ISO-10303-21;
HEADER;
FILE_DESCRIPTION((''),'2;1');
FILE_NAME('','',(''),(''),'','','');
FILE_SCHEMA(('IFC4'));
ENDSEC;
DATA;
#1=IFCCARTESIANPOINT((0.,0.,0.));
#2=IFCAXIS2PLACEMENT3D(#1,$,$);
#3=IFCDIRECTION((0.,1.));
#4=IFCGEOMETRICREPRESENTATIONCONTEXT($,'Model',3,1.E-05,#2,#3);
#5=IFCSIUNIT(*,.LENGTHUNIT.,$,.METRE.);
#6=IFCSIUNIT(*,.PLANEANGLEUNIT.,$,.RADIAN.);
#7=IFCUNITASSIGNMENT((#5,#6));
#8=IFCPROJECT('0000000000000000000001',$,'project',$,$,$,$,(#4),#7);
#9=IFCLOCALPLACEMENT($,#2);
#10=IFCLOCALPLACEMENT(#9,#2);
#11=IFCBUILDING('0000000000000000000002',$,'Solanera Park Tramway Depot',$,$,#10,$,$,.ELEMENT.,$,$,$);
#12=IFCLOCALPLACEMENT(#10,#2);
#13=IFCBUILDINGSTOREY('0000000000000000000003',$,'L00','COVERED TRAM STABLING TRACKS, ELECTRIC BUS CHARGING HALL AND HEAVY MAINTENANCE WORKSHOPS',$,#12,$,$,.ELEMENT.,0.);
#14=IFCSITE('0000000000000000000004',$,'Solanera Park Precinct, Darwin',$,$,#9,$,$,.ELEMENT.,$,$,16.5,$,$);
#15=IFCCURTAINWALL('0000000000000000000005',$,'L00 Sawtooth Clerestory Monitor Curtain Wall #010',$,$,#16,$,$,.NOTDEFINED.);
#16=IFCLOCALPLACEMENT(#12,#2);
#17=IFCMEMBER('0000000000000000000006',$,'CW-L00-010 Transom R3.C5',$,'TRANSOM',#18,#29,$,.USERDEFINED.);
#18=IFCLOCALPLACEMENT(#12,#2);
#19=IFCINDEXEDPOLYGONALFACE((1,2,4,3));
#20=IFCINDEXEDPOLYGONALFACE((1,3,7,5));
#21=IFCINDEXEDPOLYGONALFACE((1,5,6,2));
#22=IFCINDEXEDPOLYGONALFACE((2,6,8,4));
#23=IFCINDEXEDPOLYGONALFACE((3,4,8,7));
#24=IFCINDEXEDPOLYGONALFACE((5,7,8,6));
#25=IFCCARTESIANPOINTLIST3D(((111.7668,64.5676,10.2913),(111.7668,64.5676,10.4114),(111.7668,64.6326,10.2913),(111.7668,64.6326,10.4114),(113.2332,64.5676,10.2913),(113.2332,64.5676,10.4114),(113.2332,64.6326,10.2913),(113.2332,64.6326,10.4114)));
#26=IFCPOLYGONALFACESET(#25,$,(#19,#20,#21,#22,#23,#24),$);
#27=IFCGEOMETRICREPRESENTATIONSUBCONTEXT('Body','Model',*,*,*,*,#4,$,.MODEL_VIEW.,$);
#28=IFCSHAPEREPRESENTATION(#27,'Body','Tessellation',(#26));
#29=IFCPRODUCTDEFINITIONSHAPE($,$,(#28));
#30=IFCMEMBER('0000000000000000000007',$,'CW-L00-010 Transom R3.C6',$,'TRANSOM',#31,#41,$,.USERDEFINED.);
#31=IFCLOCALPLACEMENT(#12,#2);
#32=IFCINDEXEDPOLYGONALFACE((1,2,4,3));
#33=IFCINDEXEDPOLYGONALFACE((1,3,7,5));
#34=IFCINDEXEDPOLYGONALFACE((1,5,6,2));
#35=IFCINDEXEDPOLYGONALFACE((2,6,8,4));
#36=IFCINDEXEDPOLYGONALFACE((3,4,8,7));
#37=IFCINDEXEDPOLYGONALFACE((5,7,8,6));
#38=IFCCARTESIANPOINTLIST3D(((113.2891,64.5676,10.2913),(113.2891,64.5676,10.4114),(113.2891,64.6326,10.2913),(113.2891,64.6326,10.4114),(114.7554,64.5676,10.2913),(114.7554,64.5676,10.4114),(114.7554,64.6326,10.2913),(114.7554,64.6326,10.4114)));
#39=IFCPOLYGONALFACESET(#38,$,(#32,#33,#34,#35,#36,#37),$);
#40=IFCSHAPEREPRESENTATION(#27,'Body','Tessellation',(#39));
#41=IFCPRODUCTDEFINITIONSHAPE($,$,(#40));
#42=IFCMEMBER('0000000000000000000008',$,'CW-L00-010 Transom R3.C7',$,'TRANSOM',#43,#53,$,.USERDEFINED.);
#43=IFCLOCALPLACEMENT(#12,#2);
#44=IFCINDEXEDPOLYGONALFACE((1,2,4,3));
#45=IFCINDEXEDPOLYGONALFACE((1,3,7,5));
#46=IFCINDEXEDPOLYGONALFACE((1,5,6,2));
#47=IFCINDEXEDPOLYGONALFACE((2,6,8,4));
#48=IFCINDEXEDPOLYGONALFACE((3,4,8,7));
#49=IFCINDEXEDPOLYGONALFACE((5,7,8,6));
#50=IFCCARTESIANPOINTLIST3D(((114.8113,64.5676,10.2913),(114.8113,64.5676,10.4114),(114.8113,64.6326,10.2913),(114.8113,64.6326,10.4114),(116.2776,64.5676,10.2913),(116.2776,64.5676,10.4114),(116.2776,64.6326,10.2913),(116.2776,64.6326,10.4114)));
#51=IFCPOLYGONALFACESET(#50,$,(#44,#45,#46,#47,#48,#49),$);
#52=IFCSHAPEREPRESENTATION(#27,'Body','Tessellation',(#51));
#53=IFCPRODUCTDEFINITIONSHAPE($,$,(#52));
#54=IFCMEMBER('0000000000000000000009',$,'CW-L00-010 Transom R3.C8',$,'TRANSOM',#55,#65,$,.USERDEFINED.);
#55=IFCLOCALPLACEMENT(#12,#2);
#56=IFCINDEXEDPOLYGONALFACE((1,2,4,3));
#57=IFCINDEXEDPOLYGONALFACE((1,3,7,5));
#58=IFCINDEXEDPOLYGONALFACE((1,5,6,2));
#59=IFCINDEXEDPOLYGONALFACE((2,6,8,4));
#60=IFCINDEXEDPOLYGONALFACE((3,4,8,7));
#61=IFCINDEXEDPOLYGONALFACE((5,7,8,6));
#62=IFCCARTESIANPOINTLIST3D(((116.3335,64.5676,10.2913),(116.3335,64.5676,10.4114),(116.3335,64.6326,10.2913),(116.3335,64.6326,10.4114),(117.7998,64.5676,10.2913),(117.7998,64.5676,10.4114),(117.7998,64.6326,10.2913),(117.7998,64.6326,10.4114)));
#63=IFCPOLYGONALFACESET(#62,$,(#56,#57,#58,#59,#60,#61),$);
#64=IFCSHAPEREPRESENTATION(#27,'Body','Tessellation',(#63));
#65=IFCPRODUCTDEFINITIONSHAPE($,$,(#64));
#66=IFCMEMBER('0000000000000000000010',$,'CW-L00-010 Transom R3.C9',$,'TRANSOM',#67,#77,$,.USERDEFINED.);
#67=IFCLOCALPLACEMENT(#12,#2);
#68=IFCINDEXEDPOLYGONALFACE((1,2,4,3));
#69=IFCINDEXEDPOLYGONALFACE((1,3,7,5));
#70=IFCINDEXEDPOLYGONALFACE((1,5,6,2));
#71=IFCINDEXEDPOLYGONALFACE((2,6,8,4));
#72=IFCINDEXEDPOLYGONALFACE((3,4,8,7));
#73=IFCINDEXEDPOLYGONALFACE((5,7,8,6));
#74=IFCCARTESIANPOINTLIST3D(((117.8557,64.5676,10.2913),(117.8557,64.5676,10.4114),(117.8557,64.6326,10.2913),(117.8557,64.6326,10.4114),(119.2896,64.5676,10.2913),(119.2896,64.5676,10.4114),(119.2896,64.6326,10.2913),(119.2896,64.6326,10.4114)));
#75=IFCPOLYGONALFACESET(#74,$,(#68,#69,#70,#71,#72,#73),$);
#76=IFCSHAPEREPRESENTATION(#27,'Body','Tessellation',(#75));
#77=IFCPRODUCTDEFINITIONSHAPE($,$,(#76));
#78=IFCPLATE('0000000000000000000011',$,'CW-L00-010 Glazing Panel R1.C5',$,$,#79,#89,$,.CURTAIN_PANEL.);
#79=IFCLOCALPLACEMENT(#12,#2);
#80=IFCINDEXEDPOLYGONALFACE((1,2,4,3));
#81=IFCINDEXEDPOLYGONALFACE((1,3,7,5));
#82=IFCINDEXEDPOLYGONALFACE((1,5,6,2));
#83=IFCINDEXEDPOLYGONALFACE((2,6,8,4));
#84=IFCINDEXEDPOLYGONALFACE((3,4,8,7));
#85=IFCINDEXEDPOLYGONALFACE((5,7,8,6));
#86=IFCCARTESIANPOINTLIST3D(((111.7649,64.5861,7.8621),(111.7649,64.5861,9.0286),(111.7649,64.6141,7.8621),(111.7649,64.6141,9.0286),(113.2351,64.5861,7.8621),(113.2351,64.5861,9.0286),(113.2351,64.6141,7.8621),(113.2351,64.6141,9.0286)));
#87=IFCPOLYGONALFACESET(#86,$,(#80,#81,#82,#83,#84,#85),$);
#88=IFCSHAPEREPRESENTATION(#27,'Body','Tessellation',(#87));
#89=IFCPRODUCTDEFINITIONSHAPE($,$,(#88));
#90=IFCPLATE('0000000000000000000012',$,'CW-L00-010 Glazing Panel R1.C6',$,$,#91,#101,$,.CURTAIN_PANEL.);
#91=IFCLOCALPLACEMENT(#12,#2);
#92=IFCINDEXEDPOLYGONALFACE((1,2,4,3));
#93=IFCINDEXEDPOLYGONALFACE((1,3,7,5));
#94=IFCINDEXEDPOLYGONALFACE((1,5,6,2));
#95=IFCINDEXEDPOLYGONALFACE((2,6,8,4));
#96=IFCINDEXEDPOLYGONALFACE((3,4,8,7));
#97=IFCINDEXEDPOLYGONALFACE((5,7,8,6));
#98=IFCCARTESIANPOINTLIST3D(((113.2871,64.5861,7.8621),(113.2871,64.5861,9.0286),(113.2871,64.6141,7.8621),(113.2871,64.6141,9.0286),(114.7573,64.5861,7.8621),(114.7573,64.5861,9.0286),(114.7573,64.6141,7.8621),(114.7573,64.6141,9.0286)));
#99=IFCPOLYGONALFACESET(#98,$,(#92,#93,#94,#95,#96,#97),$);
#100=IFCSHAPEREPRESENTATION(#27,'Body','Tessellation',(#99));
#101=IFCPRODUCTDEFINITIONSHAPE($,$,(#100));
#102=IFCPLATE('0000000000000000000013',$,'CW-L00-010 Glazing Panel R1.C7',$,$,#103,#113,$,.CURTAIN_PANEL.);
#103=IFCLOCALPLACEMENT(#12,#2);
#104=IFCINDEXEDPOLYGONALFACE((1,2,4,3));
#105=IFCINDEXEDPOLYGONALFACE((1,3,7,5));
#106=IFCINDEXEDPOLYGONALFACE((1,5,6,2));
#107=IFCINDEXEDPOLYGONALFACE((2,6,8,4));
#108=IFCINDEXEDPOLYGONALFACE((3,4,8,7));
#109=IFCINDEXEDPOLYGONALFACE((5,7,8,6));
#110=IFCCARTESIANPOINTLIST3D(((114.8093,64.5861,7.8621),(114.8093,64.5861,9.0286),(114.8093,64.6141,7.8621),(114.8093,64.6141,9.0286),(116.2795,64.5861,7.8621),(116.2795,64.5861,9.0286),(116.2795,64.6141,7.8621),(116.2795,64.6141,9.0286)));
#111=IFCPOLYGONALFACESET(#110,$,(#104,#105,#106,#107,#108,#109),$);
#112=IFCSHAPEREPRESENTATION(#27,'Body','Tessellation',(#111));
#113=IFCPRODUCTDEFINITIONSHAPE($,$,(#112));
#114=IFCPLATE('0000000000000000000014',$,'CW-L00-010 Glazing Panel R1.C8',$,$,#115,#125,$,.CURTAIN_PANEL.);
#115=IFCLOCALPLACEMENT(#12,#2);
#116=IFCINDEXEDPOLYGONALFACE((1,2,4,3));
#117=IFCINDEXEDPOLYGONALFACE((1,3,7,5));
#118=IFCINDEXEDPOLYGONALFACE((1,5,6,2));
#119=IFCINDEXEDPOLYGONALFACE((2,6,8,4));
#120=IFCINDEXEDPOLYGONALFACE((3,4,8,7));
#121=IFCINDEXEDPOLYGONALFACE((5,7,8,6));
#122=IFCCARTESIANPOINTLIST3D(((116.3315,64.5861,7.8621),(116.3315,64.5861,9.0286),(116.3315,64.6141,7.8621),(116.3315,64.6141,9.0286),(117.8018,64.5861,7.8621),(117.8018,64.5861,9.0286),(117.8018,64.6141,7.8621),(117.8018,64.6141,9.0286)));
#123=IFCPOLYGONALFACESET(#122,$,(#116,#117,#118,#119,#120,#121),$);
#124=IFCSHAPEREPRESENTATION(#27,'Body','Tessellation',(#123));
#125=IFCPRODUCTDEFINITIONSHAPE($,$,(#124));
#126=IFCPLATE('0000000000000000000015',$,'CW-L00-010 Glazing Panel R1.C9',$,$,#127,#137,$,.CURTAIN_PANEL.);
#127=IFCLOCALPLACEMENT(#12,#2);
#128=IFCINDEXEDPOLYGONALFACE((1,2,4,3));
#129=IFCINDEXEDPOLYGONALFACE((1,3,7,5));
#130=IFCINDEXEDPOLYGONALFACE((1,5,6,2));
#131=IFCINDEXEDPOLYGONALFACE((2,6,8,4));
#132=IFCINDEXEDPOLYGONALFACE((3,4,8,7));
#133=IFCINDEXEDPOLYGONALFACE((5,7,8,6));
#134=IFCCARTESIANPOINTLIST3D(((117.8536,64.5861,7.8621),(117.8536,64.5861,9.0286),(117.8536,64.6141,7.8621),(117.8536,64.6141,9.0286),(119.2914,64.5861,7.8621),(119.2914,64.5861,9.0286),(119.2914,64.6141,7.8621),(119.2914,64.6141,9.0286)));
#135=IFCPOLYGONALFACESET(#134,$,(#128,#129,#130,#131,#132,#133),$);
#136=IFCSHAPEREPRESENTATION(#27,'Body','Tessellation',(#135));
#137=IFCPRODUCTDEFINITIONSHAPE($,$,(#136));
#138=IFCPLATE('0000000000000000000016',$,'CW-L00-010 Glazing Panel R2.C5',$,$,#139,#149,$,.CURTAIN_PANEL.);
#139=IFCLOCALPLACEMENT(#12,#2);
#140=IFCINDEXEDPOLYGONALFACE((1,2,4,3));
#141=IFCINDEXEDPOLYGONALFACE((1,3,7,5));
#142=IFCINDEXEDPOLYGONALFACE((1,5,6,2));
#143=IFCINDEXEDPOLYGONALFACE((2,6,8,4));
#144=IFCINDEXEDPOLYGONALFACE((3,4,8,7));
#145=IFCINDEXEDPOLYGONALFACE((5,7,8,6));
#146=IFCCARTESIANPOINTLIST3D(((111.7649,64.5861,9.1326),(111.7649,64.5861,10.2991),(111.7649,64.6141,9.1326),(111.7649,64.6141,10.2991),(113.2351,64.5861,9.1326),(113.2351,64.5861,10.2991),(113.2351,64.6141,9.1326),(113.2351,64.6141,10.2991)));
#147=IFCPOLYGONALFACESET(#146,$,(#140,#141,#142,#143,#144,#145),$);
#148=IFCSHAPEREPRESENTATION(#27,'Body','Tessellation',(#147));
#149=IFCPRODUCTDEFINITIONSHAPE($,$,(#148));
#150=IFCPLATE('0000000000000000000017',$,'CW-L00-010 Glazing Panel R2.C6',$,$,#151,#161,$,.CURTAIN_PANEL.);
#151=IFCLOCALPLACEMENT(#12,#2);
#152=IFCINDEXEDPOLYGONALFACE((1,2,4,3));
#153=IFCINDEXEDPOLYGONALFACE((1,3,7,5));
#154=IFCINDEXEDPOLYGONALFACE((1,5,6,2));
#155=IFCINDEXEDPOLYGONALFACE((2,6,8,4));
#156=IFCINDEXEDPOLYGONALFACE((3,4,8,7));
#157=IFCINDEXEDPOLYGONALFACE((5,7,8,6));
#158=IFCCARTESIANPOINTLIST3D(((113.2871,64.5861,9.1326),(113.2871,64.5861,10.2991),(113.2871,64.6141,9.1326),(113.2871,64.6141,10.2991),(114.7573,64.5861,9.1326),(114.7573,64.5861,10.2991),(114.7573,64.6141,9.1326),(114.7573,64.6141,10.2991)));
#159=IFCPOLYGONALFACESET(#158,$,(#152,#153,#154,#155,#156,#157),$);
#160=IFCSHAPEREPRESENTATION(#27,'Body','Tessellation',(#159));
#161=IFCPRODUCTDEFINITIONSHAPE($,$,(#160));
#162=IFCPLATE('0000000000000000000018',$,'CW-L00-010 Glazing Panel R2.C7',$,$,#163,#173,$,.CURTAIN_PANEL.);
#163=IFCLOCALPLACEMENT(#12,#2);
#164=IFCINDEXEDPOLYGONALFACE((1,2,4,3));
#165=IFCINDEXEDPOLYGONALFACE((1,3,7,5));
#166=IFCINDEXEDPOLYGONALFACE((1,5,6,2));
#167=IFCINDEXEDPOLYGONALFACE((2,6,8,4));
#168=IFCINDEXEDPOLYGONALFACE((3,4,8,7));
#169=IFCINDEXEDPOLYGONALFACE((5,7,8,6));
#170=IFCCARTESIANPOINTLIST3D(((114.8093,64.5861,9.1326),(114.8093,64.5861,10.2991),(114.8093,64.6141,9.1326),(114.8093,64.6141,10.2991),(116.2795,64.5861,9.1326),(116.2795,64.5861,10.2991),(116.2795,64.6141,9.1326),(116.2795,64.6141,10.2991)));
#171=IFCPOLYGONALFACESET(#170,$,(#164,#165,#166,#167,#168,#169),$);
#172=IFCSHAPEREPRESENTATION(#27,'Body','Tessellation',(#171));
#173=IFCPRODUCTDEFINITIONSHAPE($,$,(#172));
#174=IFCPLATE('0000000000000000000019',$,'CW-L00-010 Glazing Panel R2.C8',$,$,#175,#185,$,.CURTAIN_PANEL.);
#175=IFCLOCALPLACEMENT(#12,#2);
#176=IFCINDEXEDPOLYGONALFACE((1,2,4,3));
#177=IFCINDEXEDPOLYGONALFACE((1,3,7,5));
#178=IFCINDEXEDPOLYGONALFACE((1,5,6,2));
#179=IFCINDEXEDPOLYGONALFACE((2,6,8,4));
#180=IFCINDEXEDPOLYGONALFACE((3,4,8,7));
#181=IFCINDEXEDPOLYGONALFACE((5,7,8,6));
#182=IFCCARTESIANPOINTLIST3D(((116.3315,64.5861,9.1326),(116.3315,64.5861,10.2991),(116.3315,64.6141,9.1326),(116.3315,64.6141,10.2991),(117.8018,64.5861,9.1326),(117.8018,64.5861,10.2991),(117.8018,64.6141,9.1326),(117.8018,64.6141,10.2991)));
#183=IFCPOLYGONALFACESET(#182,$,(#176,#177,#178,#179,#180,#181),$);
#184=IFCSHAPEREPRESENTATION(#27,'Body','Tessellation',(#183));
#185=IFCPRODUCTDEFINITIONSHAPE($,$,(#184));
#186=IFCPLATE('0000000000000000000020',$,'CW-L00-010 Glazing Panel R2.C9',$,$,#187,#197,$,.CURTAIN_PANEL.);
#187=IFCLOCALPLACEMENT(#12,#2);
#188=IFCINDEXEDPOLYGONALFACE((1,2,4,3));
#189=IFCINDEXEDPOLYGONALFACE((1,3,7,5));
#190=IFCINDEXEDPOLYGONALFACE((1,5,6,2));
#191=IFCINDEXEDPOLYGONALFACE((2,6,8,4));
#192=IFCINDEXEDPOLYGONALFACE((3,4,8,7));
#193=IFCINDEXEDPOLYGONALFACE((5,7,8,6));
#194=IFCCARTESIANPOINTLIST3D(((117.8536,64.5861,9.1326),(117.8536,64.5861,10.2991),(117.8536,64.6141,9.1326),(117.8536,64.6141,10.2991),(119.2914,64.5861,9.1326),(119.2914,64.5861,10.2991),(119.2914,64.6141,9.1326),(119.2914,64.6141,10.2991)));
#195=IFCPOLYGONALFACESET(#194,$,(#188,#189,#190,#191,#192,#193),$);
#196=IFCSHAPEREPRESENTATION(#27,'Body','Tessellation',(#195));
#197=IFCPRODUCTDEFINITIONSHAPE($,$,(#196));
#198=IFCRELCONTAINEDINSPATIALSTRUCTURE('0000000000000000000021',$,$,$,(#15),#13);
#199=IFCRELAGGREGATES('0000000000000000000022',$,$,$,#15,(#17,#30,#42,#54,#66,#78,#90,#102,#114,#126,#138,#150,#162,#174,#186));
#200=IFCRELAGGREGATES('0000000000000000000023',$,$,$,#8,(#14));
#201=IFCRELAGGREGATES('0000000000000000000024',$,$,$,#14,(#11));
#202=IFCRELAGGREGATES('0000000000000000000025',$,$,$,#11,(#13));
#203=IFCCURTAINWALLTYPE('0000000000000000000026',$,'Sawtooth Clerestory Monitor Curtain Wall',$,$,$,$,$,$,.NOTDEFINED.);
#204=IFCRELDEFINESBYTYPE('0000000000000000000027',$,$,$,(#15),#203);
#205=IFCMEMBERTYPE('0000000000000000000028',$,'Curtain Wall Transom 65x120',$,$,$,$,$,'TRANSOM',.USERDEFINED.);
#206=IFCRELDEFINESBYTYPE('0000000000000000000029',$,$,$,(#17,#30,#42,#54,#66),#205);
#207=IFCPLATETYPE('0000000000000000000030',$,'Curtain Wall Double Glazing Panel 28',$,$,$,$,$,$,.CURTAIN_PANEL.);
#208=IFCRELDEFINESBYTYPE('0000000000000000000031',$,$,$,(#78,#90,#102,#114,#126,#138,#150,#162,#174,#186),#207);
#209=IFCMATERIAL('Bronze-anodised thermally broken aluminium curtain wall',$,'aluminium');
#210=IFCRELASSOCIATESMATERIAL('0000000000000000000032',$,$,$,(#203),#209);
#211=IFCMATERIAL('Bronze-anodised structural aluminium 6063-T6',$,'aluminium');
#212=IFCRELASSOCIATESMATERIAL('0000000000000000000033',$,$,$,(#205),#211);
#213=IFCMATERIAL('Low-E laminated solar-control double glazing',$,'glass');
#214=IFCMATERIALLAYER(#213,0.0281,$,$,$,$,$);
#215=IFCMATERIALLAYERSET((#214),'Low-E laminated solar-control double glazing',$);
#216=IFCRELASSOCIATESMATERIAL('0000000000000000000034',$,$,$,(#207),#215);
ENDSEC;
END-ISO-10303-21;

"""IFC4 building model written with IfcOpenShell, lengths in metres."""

from ifc_helpers import new_model, si_unit, direction, frame, origin, origin_2d, place, context, subcontext, project, spatial, rectangle, extrude, material, layer, layer_set, material_profile, profile_set, type_object, element, aggregate, save


model = new_model("IFC4")

# Units and contexts
model_context = context("Model", 3, precision=1e-05, world=origin(), true_north=direction((0.0, 1.0)))
body_context = subcontext(model_context, "Body", "Model", "MODEL_VIEW")
ifc_project = project(units=[si_unit("LENGTHUNIT", "METRE"), si_unit("PLANEANGLEUNIT", "RADIAN")], contexts=[model_context])

# Site, building, storey
site_placement = place(None, origin())
site = spatial("IfcSite", under=ifc_project, at=site_placement, Name="Solanera Park Precinct, Darwin", CompositionType="ELEMENT", RefElevation=16.5)
building_placement = place(site_placement, origin())
building = spatial("IfcBuilding", under=site, at=building_placement, Name="Solanera Park Tramway Depot", CompositionType="ELEMENT")
storey_placement = place(building_placement, origin())
storey = spatial("IfcBuildingStorey", under=building, at=storey_placement, Name="L00", Description="COVERED TRAM STABLING TRACKS, ELECTRIC BUS CHARGING HALL AND HEAVY MAINTENANCE WORKSHOPS", CompositionType="ELEMENT", Elevation=0.0)

# Curtain wall, members, plates
ifc_material_1 = material(Name="Bronze-anodised thermally broken aluminium curtain wall", Category="aluminium")
curtain_wall_type = type_object("IfcCurtainWallType", Name="Sawtooth Clerestory Monitor Curtain Wall", PredefinedType="NOTDEFINED", material=ifc_material_1)
curtain_wall_placement = place(storey_placement, origin())
curtain_wall = element("IfcCurtainWall", 1, at=curtain_wall_placement, inside=storey, type_object=curtain_wall_type, Name="L00 Sawtooth Clerestory Monitor Curtain Wall #010", PredefinedType="NOTDEFINED")
ifc_material_2 = material(Name="Bronze-anodised structural aluminium 6063-T6", Category="aluminium")
ifc_material_profile_1 = material_profile(ifc_material_2, rectangle(XDim=0.0649, YDim=0.1201, at=origin_2d()), Name="Curtain Wall Transom 65x120")
ifc_profile_set_1 = profile_set([ifc_material_profile_1], Name="Bronze-anodised structural aluminium 6063-T6")
member_type_1 = type_object("IfcMemberType", Name="Curtain Wall Transom 65x120", ElementType="TRANSOM", PredefinedType="USERDEFINED", material=ifc_profile_set_1)
member_1_placement = place(storey_placement, frame((111.7668, 64.6001, 10.3513), z_axis=(1.0, 0.0, 0.0), x_axis=(0.0, 1.0, 0.0)))
member_1 = element("IfcMember", 2, at=member_1_placement, type_object=member_type_1, Name="CW-L00-010 Transom R3.C5", ObjectType="TRANSOM", PredefinedType="USERDEFINED", context=body_context, shape_type="SweptSolid", body=[
    extrude(rectangle(XDim=0.0649, YDim=0.1201, at=origin_2d()), origin(), (0.0, 0.0, 1.0), 1.4663),
])
member_2_placement = place(storey_placement, frame((113.2891, 64.6001, 10.3513), z_axis=(1.0, 0.0, 0.0), x_axis=(0.0, 1.0, 0.0)))
member_2 = element("IfcMember", 3, at=member_2_placement, type_object=member_type_1, Name="CW-L00-010 Transom R3.C6", ObjectType="TRANSOM", PredefinedType="USERDEFINED", context=body_context, shape_type="SweptSolid", body=[
    extrude(rectangle(XDim=0.0649, YDim=0.1201, at=origin_2d()), origin(), (0.0, 0.0, 1.0), 1.4663),
])
member_3_placement = place(storey_placement, frame((114.8113, 64.6001, 10.3513), z_axis=(1.0, 0.0, 0.0), x_axis=(0.0, 1.0, 0.0)))
member_3 = element("IfcMember", 4, at=member_3_placement, type_object=member_type_1, Name="CW-L00-010 Transom R3.C7", ObjectType="TRANSOM", PredefinedType="USERDEFINED", context=body_context, shape_type="SweptSolid", body=[
    extrude(rectangle(XDim=0.0649, YDim=0.1201, at=origin_2d()), origin(), (0.0, 0.0, 1.0), 1.4663),
])
member_4_placement = place(storey_placement, frame((116.3335, 64.6001, 10.3513), z_axis=(1.0, 0.0, 0.0), x_axis=(0.0, 1.0, 0.0)))
member_4 = element("IfcMember", 5, at=member_4_placement, type_object=member_type_1, Name="CW-L00-010 Transom R3.C8", ObjectType="TRANSOM", PredefinedType="USERDEFINED", context=body_context, shape_type="SweptSolid", body=[
    extrude(rectangle(XDim=0.0649, YDim=0.1201, at=origin_2d()), origin(), (0.0, 0.0, 1.0), 1.4663),
])
member_5_placement = place(storey_placement, frame((117.8557, 64.6001, 10.3513), z_axis=(1.0, 0.0, 0.0), x_axis=(0.0, 1.0, 0.0)))
member_5 = element("IfcMember", 6, at=member_5_placement, type_object=member_type_1, Name="CW-L00-010 Transom R3.C9", ObjectType="TRANSOM", PredefinedType="USERDEFINED", context=body_context, shape_type="SweptSolid", body=[
    extrude(rectangle(XDim=0.0649, YDim=0.1201, at=origin_2d()), origin(), (0.0, 0.0, 1.0), 1.4338),
])
ifc_material_3 = material(Name="Low-E laminated solar-control double glazing", Category="glass")
ifc_layer_1 = layer(ifc_material_3, 0.0281)
ifc_layer_set_1 = layer_set([ifc_layer_1], Name="Low-E laminated solar-control double glazing")
plate_type_1 = type_object("IfcPlateType", Name="Curtain Wall Double Glazing Panel 28", PredefinedType="CURTAIN_PANEL", material=ifc_layer_set_1)
plate_1_placement = place(storey_placement, frame((112.5, 64.6001, 7.8621), z_axis=(0.0, 0.0, 1.0), x_axis=(1.0, 0.0, 0.0)))
plate_1 = element("IfcPlate", 7, at=plate_1_placement, type_object=plate_type_1, Name="CW-L00-010 Glazing Panel R1.C5", PredefinedType="CURTAIN_PANEL", context=body_context, shape_type="SweptSolid", body=[
    extrude(rectangle(XDim=1.4702, YDim=0.0281, at=origin_2d()), origin(), (0.0, 0.0, 1.0), 1.1665),
])
plate_2_placement = place(storey_placement, frame((114.0222, 64.6001, 7.8621), z_axis=(0.0, 0.0, 1.0), x_axis=(1.0, 0.0, 0.0)))
plate_2 = element("IfcPlate", 8, at=plate_2_placement, type_object=plate_type_1, Name="CW-L00-010 Glazing Panel R1.C6", PredefinedType="CURTAIN_PANEL", context=body_context, shape_type="SweptSolid", body=[
    extrude(rectangle(XDim=1.4702, YDim=0.0281, at=origin_2d()), origin(), (0.0, 0.0, 1.0), 1.1665),
])
plate_3_placement = place(storey_placement, frame((115.5444, 64.6001, 7.8621), z_axis=(0.0, 0.0, 1.0), x_axis=(1.0, 0.0, 0.0)))
plate_3 = element("IfcPlate", 9, at=plate_3_placement, type_object=plate_type_1, Name="CW-L00-010 Glazing Panel R1.C7", PredefinedType="CURTAIN_PANEL", context=body_context, shape_type="SweptSolid", body=[
    extrude(rectangle(XDim=1.4702, YDim=0.0281, at=origin_2d()), origin(), (0.0, 0.0, 1.0), 1.1665),
])
plate_4_placement = place(storey_placement, frame((117.0667, 64.6001, 7.8621), z_axis=(0.0, 0.0, 1.0), x_axis=(1.0, 0.0, 0.0)))
plate_4 = element("IfcPlate", 10, at=plate_4_placement, type_object=plate_type_1, Name="CW-L00-010 Glazing Panel R1.C8", PredefinedType="CURTAIN_PANEL", context=body_context, shape_type="SweptSolid", body=[
    extrude(rectangle(XDim=1.4702, YDim=0.0281, at=origin_2d()), origin(), (0.0, 0.0, 1.0), 1.1665),
])
plate_5_placement = place(storey_placement, frame((118.5725, 64.6001, 7.8621), z_axis=(0.0, 0.0, 1.0), x_axis=(1.0, 0.0, 0.0)))
plate_5 = element("IfcPlate", 11, at=plate_5_placement, type_object=plate_type_1, Name="CW-L00-010 Glazing Panel R1.C9", PredefinedType="CURTAIN_PANEL", context=body_context, shape_type="SweptSolid", body=[
    extrude(rectangle(XDim=1.4377, YDim=0.0281, at=origin_2d()), origin(), (0.0, 0.0, 1.0), 1.1665),
])
plate_6_placement = place(storey_placement, frame((112.5, 64.6001, 9.1326), z_axis=(0.0, 0.0, 1.0), x_axis=(1.0, 0.0, 0.0)))
plate_6 = element("IfcPlate", 12, at=plate_6_placement, type_object=plate_type_1, Name="CW-L00-010 Glazing Panel R2.C5", PredefinedType="CURTAIN_PANEL", context=body_context, shape_type="SweptSolid", body=[
    extrude(rectangle(XDim=1.4702, YDim=0.0281, at=origin_2d()), origin(), (0.0, 0.0, 1.0), 1.1665),
])
plate_7_placement = place(storey_placement, frame((114.0222, 64.6001, 9.1326), z_axis=(0.0, 0.0, 1.0), x_axis=(1.0, 0.0, 0.0)))
plate_7 = element("IfcPlate", 13, at=plate_7_placement, type_object=plate_type_1, Name="CW-L00-010 Glazing Panel R2.C6", PredefinedType="CURTAIN_PANEL", context=body_context, shape_type="SweptSolid", body=[
    extrude(rectangle(XDim=1.4702, YDim=0.0281, at=origin_2d()), origin(), (0.0, 0.0, 1.0), 1.1665),
])
plate_8_placement = place(storey_placement, frame((115.5444, 64.6001, 9.1326), z_axis=(0.0, 0.0, 1.0), x_axis=(1.0, 0.0, 0.0)))
plate_8 = element("IfcPlate", 14, at=plate_8_placement, type_object=plate_type_1, Name="CW-L00-010 Glazing Panel R2.C7", PredefinedType="CURTAIN_PANEL", context=body_context, shape_type="SweptSolid", body=[
    extrude(rectangle(XDim=1.4702, YDim=0.0281, at=origin_2d()), origin(), (0.0, 0.0, 1.0), 1.1665),
])
plate_9_placement = place(storey_placement, frame((117.0667, 64.6001, 9.1326), z_axis=(0.0, 0.0, 1.0), x_axis=(1.0, 0.0, 0.0)))
plate_9 = element("IfcPlate", 15, at=plate_9_placement, type_object=plate_type_1, Name="CW-L00-010 Glazing Panel R2.C8", PredefinedType="CURTAIN_PANEL", context=body_context, shape_type="SweptSolid", body=[
    extrude(rectangle(XDim=1.4702, YDim=0.0281, at=origin_2d()), origin(), (0.0, 0.0, 1.0), 1.1665),
])
plate_10_placement = place(storey_placement, frame((118.5725, 64.6001, 9.1326), z_axis=(0.0, 0.0, 1.0), x_axis=(1.0, 0.0, 0.0)))
plate_10 = element("IfcPlate", 16, at=plate_10_placement, type_object=plate_type_1, Name="CW-L00-010 Glazing Panel R2.C9", PredefinedType="CURTAIN_PANEL", context=body_context, shape_type="SweptSolid", body=[
    extrude(rectangle(XDim=1.4377, YDim=0.0281, at=origin_2d()), origin(), (0.0, 0.0, 1.0), 1.1665),
])
aggregate(curtain_wall, [member_1, member_2, member_3, member_4, member_5, plate_1, plate_2, plate_3, plate_4, plate_5, plate_6, plate_7, plate_8, plate_9, plate_10])

save(model, "model.ifc")
